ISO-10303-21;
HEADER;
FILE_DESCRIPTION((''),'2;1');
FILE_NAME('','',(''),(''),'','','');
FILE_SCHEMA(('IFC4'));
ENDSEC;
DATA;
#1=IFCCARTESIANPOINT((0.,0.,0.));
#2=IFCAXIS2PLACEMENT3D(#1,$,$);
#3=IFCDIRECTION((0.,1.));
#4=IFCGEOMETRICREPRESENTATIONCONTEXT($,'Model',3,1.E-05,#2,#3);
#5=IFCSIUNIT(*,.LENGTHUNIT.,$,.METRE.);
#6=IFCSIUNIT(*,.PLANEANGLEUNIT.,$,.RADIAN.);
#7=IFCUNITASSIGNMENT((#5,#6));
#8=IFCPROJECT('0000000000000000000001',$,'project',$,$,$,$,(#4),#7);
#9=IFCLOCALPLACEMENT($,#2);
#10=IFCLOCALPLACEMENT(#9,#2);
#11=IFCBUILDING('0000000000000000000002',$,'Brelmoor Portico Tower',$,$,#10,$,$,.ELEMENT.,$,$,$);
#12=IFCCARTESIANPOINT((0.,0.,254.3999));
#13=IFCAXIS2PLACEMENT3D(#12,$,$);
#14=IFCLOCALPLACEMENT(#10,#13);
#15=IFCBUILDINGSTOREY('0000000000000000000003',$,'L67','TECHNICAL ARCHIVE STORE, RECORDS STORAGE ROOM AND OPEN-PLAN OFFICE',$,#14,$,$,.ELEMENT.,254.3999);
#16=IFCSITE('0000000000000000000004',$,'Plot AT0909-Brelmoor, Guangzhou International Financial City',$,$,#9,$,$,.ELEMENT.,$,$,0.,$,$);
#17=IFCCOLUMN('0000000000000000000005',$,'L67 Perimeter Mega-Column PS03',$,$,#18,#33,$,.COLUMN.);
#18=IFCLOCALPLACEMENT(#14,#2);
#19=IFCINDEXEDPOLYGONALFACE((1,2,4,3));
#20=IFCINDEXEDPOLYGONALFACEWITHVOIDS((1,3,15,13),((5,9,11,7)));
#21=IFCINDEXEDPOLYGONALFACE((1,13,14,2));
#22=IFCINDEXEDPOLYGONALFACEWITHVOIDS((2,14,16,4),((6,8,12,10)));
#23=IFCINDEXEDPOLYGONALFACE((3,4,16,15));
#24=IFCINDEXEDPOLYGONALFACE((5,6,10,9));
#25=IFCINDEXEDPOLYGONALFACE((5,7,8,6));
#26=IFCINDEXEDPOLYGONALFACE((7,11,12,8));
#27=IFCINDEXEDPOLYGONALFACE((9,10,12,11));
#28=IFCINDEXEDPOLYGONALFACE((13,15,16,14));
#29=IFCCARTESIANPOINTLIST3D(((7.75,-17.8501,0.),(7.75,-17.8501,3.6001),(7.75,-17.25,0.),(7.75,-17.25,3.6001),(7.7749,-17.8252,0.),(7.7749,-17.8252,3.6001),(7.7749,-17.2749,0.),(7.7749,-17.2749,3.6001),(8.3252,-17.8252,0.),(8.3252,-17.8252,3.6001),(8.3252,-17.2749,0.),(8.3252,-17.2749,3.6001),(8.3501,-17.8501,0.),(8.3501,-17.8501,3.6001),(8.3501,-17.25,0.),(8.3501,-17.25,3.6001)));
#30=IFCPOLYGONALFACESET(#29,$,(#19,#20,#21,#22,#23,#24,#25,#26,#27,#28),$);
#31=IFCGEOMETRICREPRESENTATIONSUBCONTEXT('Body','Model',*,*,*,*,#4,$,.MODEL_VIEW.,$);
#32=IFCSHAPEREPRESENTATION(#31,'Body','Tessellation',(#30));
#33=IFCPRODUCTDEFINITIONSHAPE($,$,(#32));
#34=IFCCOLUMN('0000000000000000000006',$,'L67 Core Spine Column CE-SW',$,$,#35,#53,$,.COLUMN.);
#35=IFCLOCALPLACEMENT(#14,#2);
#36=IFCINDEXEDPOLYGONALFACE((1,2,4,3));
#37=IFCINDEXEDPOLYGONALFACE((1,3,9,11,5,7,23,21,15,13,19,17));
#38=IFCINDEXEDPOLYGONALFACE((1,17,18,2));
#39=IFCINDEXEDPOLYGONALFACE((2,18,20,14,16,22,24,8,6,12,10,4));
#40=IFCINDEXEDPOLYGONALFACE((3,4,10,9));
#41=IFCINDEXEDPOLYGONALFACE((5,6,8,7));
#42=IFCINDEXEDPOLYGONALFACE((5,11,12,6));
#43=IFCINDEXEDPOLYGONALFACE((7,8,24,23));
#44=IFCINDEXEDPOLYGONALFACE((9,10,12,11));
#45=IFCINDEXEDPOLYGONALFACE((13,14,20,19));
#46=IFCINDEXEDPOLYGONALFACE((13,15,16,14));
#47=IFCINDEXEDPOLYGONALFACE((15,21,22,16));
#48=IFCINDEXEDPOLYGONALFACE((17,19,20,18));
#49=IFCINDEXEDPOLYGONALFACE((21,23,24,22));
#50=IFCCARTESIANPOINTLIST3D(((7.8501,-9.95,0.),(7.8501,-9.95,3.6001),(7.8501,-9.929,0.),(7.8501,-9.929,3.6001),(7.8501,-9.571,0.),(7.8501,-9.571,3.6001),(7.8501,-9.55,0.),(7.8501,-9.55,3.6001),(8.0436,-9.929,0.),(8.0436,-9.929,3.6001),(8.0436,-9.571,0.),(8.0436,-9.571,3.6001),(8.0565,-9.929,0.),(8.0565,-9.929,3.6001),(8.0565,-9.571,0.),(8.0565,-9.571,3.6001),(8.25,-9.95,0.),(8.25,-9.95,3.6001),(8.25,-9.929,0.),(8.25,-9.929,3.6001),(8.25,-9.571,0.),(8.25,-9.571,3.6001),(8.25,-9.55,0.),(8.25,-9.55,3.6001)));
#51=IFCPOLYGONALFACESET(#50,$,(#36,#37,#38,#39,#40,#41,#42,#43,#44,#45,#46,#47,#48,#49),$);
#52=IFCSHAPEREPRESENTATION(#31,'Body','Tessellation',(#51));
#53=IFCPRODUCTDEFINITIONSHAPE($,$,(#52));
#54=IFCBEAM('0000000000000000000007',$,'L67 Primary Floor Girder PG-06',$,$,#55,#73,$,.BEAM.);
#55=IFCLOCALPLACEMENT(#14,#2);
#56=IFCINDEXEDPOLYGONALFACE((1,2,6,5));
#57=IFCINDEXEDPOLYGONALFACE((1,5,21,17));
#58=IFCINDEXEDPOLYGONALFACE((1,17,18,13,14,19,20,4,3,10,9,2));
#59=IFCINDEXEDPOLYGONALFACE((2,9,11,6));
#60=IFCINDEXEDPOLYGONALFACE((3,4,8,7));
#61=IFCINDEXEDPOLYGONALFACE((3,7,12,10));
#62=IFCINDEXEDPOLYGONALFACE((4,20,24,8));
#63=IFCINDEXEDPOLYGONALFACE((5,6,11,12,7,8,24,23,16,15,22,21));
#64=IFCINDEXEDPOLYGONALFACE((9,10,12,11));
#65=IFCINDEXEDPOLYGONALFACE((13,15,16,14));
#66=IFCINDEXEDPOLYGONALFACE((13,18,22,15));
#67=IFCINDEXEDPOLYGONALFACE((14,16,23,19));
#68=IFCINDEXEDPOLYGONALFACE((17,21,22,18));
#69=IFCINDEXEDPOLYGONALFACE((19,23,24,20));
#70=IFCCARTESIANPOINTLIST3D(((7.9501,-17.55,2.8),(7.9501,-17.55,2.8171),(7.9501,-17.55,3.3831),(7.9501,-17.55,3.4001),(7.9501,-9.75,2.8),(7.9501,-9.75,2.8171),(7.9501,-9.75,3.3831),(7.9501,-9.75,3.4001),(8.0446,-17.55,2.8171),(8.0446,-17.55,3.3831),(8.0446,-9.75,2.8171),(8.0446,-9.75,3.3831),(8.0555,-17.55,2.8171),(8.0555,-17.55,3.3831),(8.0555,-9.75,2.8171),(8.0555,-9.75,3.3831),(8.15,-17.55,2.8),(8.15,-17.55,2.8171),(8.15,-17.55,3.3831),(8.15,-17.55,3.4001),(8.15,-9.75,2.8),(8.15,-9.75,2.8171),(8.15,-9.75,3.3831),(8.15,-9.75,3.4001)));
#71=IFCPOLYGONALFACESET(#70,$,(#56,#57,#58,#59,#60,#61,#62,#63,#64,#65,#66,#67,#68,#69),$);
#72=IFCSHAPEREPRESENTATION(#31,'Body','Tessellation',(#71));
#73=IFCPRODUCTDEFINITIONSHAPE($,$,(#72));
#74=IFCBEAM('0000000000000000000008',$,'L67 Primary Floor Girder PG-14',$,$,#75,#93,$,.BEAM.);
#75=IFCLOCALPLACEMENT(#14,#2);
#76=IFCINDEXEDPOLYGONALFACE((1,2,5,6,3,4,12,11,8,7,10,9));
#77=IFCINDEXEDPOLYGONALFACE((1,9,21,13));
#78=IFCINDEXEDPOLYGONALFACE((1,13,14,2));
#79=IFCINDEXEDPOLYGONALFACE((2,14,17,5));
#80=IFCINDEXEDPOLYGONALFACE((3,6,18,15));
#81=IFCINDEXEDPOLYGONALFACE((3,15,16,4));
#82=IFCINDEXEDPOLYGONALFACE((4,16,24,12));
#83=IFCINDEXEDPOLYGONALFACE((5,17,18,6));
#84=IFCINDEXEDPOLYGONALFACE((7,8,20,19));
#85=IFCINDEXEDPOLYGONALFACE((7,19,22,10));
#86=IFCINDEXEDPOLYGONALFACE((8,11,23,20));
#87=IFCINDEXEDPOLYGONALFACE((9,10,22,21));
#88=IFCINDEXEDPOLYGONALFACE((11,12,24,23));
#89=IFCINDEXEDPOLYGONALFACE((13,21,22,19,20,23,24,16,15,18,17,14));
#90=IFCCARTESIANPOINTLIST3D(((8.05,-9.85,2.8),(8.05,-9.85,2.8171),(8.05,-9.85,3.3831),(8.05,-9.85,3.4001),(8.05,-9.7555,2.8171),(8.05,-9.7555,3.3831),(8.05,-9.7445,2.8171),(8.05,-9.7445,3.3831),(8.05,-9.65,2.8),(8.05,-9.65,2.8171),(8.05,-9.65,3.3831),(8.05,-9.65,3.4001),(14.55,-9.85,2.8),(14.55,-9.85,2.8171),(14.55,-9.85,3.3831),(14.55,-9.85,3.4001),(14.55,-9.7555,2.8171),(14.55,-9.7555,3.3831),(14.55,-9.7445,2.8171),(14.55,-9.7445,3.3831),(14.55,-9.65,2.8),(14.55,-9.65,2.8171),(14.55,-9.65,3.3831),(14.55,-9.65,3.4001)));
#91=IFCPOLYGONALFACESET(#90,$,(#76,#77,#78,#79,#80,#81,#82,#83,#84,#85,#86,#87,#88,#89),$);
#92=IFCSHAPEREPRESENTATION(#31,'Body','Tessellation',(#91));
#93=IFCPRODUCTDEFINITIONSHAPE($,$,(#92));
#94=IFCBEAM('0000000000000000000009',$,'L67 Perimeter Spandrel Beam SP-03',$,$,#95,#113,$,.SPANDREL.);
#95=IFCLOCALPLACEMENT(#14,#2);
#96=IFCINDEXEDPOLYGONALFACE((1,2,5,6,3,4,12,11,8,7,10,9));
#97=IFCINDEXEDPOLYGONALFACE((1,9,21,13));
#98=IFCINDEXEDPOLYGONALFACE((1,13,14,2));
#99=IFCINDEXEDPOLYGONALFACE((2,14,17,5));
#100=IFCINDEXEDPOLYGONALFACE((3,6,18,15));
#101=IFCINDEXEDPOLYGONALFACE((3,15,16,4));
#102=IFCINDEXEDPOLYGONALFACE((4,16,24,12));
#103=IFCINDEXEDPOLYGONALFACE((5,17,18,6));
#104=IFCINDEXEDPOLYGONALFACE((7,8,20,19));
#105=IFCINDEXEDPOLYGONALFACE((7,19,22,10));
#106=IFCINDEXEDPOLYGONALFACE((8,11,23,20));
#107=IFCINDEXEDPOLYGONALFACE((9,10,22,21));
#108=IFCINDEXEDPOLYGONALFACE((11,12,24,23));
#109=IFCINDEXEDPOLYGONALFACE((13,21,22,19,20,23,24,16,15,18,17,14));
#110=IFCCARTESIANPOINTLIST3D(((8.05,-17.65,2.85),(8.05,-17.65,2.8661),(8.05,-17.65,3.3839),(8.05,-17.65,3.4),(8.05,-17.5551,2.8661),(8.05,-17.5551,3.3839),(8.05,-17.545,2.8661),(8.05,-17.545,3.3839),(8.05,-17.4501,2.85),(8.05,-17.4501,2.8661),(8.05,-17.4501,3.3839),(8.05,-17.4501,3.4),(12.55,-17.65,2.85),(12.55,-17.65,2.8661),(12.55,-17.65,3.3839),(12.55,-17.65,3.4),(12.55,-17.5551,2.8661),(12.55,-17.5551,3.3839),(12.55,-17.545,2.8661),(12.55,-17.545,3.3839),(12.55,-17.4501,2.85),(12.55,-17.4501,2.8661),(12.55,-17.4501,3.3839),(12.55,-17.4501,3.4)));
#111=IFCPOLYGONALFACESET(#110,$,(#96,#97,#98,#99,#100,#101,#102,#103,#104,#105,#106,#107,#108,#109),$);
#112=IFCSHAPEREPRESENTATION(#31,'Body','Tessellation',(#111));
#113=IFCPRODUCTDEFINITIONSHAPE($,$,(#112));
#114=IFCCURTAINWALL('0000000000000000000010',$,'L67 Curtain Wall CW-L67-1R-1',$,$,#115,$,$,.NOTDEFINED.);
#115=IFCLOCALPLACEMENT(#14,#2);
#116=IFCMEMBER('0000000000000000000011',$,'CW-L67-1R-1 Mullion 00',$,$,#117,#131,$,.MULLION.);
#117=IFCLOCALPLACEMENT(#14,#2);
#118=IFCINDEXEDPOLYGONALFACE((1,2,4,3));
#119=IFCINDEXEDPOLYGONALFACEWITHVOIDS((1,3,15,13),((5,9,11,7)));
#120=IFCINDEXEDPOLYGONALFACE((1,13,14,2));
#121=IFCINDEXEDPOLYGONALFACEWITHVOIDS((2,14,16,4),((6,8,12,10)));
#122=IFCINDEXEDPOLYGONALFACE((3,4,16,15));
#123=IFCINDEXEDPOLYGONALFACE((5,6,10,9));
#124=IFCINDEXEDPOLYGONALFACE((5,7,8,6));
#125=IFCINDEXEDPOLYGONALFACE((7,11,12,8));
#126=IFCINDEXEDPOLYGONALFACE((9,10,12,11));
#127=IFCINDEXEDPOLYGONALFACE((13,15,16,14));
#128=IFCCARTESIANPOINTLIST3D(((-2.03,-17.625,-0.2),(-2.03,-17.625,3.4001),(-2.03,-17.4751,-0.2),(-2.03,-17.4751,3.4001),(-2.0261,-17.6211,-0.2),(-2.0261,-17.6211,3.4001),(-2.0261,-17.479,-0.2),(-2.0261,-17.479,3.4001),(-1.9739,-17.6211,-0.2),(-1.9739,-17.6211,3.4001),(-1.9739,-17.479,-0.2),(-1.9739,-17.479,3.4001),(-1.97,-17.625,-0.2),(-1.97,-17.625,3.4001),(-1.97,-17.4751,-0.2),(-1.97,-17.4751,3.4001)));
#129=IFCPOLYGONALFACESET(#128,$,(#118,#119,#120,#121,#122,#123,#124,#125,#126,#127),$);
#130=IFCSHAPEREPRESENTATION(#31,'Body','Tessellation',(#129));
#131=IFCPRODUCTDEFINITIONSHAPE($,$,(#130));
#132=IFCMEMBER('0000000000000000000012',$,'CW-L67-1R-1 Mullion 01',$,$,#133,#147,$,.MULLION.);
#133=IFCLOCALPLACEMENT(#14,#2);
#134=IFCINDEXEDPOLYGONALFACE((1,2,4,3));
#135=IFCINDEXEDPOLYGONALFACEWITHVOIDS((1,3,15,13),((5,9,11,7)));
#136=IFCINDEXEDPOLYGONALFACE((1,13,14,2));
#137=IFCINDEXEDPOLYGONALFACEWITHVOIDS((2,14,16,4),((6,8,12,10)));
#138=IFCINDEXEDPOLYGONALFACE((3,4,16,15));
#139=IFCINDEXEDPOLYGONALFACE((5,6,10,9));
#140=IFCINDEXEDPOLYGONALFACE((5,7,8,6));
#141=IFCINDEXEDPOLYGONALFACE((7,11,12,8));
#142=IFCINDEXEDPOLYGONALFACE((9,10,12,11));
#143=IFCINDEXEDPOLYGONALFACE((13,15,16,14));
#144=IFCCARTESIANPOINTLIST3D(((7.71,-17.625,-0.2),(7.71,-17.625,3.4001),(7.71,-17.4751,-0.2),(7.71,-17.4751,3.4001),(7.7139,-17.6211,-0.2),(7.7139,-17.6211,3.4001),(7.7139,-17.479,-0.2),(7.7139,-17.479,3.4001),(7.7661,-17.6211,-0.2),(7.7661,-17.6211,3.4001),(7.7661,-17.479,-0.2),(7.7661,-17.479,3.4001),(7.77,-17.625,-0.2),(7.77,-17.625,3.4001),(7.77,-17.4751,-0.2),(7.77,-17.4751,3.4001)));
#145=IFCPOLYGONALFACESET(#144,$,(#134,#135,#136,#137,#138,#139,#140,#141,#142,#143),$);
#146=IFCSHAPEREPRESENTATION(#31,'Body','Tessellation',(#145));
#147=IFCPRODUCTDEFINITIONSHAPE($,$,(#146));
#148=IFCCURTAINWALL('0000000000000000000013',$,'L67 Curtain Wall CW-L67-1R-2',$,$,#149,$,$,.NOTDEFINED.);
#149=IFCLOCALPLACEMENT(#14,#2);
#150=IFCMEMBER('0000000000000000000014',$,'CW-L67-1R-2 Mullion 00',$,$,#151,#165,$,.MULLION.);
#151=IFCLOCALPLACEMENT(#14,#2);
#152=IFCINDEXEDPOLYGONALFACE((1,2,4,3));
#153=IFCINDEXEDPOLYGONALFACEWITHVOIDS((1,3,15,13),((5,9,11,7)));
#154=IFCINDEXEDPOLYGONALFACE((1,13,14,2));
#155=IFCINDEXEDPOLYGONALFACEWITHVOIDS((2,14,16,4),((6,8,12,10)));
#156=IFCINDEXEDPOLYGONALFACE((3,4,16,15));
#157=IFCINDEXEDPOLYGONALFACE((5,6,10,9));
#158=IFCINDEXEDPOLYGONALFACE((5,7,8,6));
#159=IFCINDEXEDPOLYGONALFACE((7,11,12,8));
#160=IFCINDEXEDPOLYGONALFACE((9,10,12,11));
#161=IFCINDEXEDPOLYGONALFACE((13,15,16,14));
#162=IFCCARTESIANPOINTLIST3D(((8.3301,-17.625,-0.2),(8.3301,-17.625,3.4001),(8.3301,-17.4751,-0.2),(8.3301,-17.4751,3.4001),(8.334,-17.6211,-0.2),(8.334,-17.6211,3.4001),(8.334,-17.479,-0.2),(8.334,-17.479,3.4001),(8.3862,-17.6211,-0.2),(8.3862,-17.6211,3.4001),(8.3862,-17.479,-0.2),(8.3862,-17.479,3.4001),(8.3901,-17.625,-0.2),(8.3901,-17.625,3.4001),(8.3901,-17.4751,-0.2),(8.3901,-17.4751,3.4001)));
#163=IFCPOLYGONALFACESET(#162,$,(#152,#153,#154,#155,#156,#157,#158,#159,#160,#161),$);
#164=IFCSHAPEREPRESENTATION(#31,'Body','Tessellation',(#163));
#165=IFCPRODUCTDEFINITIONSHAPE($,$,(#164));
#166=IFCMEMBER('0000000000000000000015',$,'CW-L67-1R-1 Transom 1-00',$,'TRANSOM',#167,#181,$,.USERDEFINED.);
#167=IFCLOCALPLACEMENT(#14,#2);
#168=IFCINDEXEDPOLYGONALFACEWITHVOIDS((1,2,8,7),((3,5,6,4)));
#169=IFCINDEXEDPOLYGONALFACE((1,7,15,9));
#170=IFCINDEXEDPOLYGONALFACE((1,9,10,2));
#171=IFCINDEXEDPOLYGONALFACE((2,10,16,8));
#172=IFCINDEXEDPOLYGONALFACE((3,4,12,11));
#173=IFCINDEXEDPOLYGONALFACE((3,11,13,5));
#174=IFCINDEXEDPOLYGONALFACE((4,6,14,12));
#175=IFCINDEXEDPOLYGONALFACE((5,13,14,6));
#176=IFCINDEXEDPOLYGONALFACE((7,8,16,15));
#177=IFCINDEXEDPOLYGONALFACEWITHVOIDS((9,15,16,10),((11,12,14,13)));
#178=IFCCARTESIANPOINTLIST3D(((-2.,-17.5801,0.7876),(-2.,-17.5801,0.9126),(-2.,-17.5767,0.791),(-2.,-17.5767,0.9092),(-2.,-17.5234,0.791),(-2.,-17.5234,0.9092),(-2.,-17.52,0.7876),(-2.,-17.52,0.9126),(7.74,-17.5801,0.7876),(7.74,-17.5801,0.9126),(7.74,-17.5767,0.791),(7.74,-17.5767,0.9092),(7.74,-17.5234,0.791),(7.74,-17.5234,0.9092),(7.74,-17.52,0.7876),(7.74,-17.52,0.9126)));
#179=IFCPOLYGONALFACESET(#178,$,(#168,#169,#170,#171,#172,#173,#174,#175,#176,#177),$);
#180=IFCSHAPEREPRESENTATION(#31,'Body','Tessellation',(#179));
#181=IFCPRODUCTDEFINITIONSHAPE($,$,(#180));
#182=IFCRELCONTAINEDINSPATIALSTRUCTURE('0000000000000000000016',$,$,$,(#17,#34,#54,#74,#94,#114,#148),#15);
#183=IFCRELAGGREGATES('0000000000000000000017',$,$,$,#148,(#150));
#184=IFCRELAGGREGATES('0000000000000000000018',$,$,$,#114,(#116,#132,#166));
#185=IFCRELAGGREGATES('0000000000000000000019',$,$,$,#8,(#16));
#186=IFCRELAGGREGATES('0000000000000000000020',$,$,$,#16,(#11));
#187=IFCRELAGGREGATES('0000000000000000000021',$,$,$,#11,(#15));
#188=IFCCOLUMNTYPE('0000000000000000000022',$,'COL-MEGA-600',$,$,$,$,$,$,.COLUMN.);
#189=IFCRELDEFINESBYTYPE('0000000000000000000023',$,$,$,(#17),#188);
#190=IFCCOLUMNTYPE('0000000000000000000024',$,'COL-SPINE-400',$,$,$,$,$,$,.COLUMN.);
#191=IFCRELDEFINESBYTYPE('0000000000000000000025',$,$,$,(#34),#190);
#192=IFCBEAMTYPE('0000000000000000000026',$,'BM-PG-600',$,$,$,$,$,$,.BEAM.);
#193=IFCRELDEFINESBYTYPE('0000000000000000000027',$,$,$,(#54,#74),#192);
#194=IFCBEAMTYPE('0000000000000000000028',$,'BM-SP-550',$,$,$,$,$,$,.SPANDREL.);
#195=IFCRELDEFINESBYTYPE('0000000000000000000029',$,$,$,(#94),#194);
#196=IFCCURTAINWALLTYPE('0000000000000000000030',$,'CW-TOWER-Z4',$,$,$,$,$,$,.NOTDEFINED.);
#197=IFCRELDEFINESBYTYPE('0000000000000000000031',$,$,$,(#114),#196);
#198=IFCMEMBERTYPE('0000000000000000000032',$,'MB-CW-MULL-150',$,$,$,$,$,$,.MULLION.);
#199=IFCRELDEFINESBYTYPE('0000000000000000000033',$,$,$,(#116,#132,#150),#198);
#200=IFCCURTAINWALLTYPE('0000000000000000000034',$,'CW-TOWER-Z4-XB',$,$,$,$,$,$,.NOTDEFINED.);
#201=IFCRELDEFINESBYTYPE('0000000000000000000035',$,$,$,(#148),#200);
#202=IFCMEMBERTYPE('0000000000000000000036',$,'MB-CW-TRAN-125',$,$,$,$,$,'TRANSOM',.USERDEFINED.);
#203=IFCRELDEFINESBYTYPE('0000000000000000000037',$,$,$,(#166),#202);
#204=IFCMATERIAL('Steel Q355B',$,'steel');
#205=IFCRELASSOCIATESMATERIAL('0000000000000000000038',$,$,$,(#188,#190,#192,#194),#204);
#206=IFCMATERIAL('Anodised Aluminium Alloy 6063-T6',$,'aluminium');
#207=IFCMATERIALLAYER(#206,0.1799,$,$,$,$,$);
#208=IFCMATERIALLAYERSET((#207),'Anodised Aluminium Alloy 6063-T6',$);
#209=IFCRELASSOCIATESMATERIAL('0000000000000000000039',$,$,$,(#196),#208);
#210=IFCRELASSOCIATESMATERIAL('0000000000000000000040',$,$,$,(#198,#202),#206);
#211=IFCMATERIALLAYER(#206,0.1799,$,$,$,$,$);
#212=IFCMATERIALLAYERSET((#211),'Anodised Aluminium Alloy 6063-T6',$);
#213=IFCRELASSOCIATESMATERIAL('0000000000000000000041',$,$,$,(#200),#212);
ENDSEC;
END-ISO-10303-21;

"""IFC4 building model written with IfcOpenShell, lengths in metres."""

from ifc_helpers import new_model, si_unit, direction, frame, origin, origin_2d, place, context, subcontext, project, spatial, hollow_rectangle, i_section, extrude, material, layer, layer_set, material_profile, profile_set, type_object, element, aggregate, save


model = new_model("IFC4")

# Units and contexts
model_context = context("Model", 3, precision=1e-05, world=origin(), true_north=direction((0.0, 1.0)))
body_context = subcontext(model_context, "Body", "Model", "MODEL_VIEW")
ifc_project = project(units=[si_unit("LENGTHUNIT", "METRE"), si_unit("PLANEANGLEUNIT", "RADIAN")], contexts=[model_context])

# Site, building, storey
site_placement = place(None, origin())
site = spatial("IfcSite", under=ifc_project, at=site_placement, Name="Plot AT0909-Brelmoor, Guangzhou International Financial City", CompositionType="ELEMENT", RefElevation=0.0)
building_placement = place(site_placement, origin())
building = spatial("IfcBuilding", under=site, at=building_placement, Name="Brelmoor Portico Tower", CompositionType="ELEMENT")
storey_placement = place(building_placement, frame((0.0, 0.0, 254.3999)))
storey = spatial("IfcBuildingStorey", under=building, at=storey_placement, Name="L67", Description="TECHNICAL ARCHIVE STORE, RECORDS STORAGE ROOM AND OPEN-PLAN OFFICE", CompositionType="ELEMENT", Elevation=254.3999)

# Columns
ifc_material_1 = material(Name="Steel Q355B", Category="steel")
ifc_material_profile_1 = material_profile(ifc_material_1, hollow_rectangle(XDim=0.6001, YDim=0.6001, WallThickness=0.0249, at=origin_2d()), Name="BOX 600x600x25")
ifc_profile_set_1 = profile_set([ifc_material_profile_1], Name="Steel Q355B")
column_type_1 = type_object("IfcColumnType", Name="COL-MEGA-600", PredefinedType="COLUMN", material=ifc_profile_set_1)
column_1_placement = place(storey_placement, frame((8.05, -17.55, 0.0), z_axis=(0.0, 0.0, 1.0), x_axis=(1.0, 0.0, 0.0)))
element("IfcColumn", 1, at=column_1_placement, inside=storey, type_object=column_type_1, Name="L67 Perimeter Mega-Column PS03", PredefinedType="COLUMN", context=body_context, shape_type="SweptSolid", body=[
    extrude(hollow_rectangle(XDim=0.6001, YDim=0.6001, WallThickness=0.0249, at=origin_2d()), origin(), (0.0, 0.0, 1.0), 3.6001),
])
ifc_material_profile_2 = material_profile(ifc_material_1, i_section(OverallWidth=0.3999, OverallDepth=0.3999, WebThickness=0.0129, FlangeThickness=0.021, at=origin_2d()), Name="HW 400x400x13x21")
ifc_profile_set_2 = profile_set([ifc_material_profile_2], Name="Steel Q355B")
column_type_2 = type_object("IfcColumnType", Name="COL-SPINE-400", PredefinedType="COLUMN", material=ifc_profile_set_2)
column_2_placement = place(storey_placement, frame((8.05, -9.75, 0.0), z_axis=(0.0, 0.0, 1.0), x_axis=(1.0, 0.0, 0.0)))
element("IfcColumn", 2, at=column_2_placement, inside=storey, type_object=column_type_2, Name="L67 Core Spine Column CE-SW", PredefinedType="COLUMN", context=body_context, shape_type="SweptSolid", body=[
    extrude(i_section(OverallWidth=0.3999, OverallDepth=0.3999, WebThickness=0.0129, FlangeThickness=0.021, at=origin_2d()), origin(), (0.0, 0.0, 1.0), 3.6001),
])

# Beams
ifc_material_profile_3 = material_profile(ifc_material_1, i_section(OverallWidth=0.2, OverallDepth=0.6001, WebThickness=0.011, FlangeThickness=0.0171, at=origin_2d()), Name="HN 600x200x11x17")
ifc_profile_set_3 = profile_set([ifc_material_profile_3], Name="Steel Q355B")
beam_type_1 = type_object("IfcBeamType", Name="BM-PG-600", PredefinedType="BEAM", material=ifc_profile_set_3)
beam_1_placement = place(storey_placement, frame((8.05, -17.55, 3.1001), z_axis=(0.0, 1.0, 0.0), x_axis=(-1.0, 0.0, 0.0)))
element("IfcBeam", 3, at=beam_1_placement, inside=storey, type_object=beam_type_1, Name="L67 Primary Floor Girder PG-06", PredefinedType="BEAM", context=body_context, shape_type="SweptSolid", body=[
    extrude(i_section(OverallWidth=0.2, OverallDepth=0.6001, WebThickness=0.011, FlangeThickness=0.0171, at=origin_2d()), origin(), (0.0, 0.0, 1.0), 7.8),
])
beam_2_placement = place(storey_placement, frame((8.05, -9.75, 3.1001), z_axis=(1.0, 0.0, 0.0), x_axis=(0.0, 1.0, 0.0)))
element("IfcBeam", 4, at=beam_2_placement, inside=storey, type_object=beam_type_1, Name="L67 Primary Floor Girder PG-14", PredefinedType="BEAM", context=body_context, shape_type="SweptSolid", body=[
    extrude(i_section(OverallWidth=0.2, OverallDepth=0.6001, WebThickness=0.011, FlangeThickness=0.0171, at=origin_2d()), origin(), (0.0, 0.0, 1.0), 6.5),
])
ifc_material_profile_4 = material_profile(ifc_material_1, i_section(OverallWidth=0.2, OverallDepth=0.55, WebThickness=0.01, FlangeThickness=0.0161, at=origin_2d()), Name="HN 550x200x10x16")
ifc_profile_set_4 = profile_set([ifc_material_profile_4], Name="Steel Q355B")
beam_type_2 = type_object("IfcBeamType", Name="BM-SP-550", PredefinedType="SPANDREL", material=ifc_profile_set_4)
beam_3_placement = place(storey_placement, frame((8.05, -17.55, 3.125), z_axis=(1.0, 0.0, 0.0), x_axis=(0.0, 1.0, 0.0)))
element("IfcBeam", 5, at=beam_3_placement, inside=storey, type_object=beam_type_2, Name="L67 Perimeter Spandrel Beam SP-03", PredefinedType="SPANDREL", context=body_context, shape_type="SweptSolid", body=[
    extrude(i_section(OverallWidth=0.2, OverallDepth=0.55, WebThickness=0.01, FlangeThickness=0.0161, at=origin_2d()), origin(), (0.0, 0.0, 1.0), 4.5),
])

# Curtain wall, members
ifc_material_2 = material(Name="Anodised Aluminium Alloy 6063-T6", Category="aluminium")
ifc_layer_1 = layer(ifc_material_2, 0.1799)
ifc_layer_set_1 = layer_set([ifc_layer_1], Name="Anodised Aluminium Alloy 6063-T6")
curtain_wall_type_1 = type_object("IfcCurtainWallType", Name="CW-TOWER-Z4", PredefinedType="NOTDEFINED", material=ifc_layer_set_1)
curtain_wall_1_placement = place(storey_placement, origin())
curtain_wall_1 = element("IfcCurtainWall", 6, at=curtain_wall_1_placement, inside=storey, type_object=curtain_wall_type_1, Name="L67 Curtain Wall CW-L67-1R-1", PredefinedType="NOTDEFINED")
ifc_material_profile_5 = material_profile(ifc_material_2, hollow_rectangle(XDim=0.0601, YDim=0.1499, WallThickness=0.0039, at=origin_2d()), Name="ALU MULLION 60x150")
ifc_profile_set_5 = profile_set([ifc_material_profile_5], Name="Anodised Aluminium Alloy 6063-T6")
member_type_1 = type_object("IfcMemberType", Name="MB-CW-MULL-150", PredefinedType="MULLION", material=ifc_profile_set_5)
member_1_placement = place(storey_placement, frame((-2.0, -17.55, -0.2), z_axis=(0.0, 0.0, 1.0), x_axis=(1.0, 0.0, 0.0)))
member_1 = element("IfcMember", 7, at=member_1_placement, type_object=member_type_1, Name="CW-L67-1R-1 Mullion 00", PredefinedType="MULLION", context=body_context, shape_type="SweptSolid", body=[
    extrude(hollow_rectangle(XDim=0.0601, YDim=0.1499, WallThickness=0.0039, at=origin_2d()), origin(), (0.0, 0.0, 1.0), 3.6001),
])
member_2_placement = place(storey_placement, frame((7.74, -17.55, -0.2), z_axis=(0.0, 0.0, 1.0), x_axis=(1.0, 0.0, 0.0)))
member_2 = element("IfcMember", 8, at=member_2_placement, type_object=member_type_1, Name="CW-L67-1R-1 Mullion 01", PredefinedType="MULLION", context=body_context, shape_type="SweptSolid", body=[
    extrude(hollow_rectangle(XDim=0.0601, YDim=0.1499, WallThickness=0.0039, at=origin_2d()), origin(), (0.0, 0.0, 1.0), 3.6001),
])

# Curtain wall, member
ifc_layer_2 = layer(ifc_material_2, 0.1799)
ifc_layer_set_2 = layer_set([ifc_layer_2], Name="Anodised Aluminium Alloy 6063-T6")
curtain_wall_type_2 = type_object("IfcCurtainWallType", Name="CW-TOWER-Z4-XB", PredefinedType="NOTDEFINED", material=ifc_layer_set_2)
curtain_wall_2_placement = place(storey_placement, origin())
curtain_wall_2 = element("IfcCurtainWall", 9, at=curtain_wall_2_placement, inside=storey, type_object=curtain_wall_type_2, Name="L67 Curtain Wall CW-L67-1R-2", PredefinedType="NOTDEFINED")
member_3_placement = place(storey_placement, frame((8.3601, -17.55, -0.2), z_axis=(0.0, 0.0, 1.0), x_axis=(1.0, 0.0, 0.0)))
member_3 = element("IfcMember", 10, at=member_3_placement, type_object=member_type_1, Name="CW-L67-1R-2 Mullion 00", PredefinedType="MULLION", context=body_context, shape_type="SweptSolid", body=[
    extrude(hollow_rectangle(XDim=0.0601, YDim=0.1499, WallThickness=0.0039, at=origin_2d()), origin(), (0.0, 0.0, 1.0), 3.6001),
])

# Member
ifc_material_profile_6 = material_profile(ifc_material_2, hollow_rectangle(XDim=0.0601, YDim=0.125, WallThickness=0.0034, at=origin_2d()), Name="ALU TRANSOM 60x125")
ifc_profile_set_6 = profile_set([ifc_material_profile_6], Name="Anodised Aluminium Alloy 6063-T6")
member_type_2 = type_object("IfcMemberType", Name="MB-CW-TRAN-125", ElementType="TRANSOM", PredefinedType="USERDEFINED", material=ifc_profile_set_6)
member_4_placement = place(storey_placement, frame((-2.0, -17.55, 0.8501), z_axis=(1.0, 0.0, 0.0), x_axis=(0.0, 1.0, 0.0)))
member_4 = element("IfcMember", 11, at=member_4_placement, type_object=member_type_2, Name="CW-L67-1R-1 Transom 1-00", ObjectType="TRANSOM", PredefinedType="USERDEFINED", context=body_context, shape_type="SweptSolid", body=[
    extrude(hollow_rectangle(XDim=0.0601, YDim=0.125, WallThickness=0.0034, at=origin_2d()), origin(), (0.0, 0.0, 1.0), 9.74),
])
aggregate(curtain_wall_2, [member_3])

aggregate(curtain_wall_1, [member_1, member_2, member_4])

save(model, "model.ifc")
